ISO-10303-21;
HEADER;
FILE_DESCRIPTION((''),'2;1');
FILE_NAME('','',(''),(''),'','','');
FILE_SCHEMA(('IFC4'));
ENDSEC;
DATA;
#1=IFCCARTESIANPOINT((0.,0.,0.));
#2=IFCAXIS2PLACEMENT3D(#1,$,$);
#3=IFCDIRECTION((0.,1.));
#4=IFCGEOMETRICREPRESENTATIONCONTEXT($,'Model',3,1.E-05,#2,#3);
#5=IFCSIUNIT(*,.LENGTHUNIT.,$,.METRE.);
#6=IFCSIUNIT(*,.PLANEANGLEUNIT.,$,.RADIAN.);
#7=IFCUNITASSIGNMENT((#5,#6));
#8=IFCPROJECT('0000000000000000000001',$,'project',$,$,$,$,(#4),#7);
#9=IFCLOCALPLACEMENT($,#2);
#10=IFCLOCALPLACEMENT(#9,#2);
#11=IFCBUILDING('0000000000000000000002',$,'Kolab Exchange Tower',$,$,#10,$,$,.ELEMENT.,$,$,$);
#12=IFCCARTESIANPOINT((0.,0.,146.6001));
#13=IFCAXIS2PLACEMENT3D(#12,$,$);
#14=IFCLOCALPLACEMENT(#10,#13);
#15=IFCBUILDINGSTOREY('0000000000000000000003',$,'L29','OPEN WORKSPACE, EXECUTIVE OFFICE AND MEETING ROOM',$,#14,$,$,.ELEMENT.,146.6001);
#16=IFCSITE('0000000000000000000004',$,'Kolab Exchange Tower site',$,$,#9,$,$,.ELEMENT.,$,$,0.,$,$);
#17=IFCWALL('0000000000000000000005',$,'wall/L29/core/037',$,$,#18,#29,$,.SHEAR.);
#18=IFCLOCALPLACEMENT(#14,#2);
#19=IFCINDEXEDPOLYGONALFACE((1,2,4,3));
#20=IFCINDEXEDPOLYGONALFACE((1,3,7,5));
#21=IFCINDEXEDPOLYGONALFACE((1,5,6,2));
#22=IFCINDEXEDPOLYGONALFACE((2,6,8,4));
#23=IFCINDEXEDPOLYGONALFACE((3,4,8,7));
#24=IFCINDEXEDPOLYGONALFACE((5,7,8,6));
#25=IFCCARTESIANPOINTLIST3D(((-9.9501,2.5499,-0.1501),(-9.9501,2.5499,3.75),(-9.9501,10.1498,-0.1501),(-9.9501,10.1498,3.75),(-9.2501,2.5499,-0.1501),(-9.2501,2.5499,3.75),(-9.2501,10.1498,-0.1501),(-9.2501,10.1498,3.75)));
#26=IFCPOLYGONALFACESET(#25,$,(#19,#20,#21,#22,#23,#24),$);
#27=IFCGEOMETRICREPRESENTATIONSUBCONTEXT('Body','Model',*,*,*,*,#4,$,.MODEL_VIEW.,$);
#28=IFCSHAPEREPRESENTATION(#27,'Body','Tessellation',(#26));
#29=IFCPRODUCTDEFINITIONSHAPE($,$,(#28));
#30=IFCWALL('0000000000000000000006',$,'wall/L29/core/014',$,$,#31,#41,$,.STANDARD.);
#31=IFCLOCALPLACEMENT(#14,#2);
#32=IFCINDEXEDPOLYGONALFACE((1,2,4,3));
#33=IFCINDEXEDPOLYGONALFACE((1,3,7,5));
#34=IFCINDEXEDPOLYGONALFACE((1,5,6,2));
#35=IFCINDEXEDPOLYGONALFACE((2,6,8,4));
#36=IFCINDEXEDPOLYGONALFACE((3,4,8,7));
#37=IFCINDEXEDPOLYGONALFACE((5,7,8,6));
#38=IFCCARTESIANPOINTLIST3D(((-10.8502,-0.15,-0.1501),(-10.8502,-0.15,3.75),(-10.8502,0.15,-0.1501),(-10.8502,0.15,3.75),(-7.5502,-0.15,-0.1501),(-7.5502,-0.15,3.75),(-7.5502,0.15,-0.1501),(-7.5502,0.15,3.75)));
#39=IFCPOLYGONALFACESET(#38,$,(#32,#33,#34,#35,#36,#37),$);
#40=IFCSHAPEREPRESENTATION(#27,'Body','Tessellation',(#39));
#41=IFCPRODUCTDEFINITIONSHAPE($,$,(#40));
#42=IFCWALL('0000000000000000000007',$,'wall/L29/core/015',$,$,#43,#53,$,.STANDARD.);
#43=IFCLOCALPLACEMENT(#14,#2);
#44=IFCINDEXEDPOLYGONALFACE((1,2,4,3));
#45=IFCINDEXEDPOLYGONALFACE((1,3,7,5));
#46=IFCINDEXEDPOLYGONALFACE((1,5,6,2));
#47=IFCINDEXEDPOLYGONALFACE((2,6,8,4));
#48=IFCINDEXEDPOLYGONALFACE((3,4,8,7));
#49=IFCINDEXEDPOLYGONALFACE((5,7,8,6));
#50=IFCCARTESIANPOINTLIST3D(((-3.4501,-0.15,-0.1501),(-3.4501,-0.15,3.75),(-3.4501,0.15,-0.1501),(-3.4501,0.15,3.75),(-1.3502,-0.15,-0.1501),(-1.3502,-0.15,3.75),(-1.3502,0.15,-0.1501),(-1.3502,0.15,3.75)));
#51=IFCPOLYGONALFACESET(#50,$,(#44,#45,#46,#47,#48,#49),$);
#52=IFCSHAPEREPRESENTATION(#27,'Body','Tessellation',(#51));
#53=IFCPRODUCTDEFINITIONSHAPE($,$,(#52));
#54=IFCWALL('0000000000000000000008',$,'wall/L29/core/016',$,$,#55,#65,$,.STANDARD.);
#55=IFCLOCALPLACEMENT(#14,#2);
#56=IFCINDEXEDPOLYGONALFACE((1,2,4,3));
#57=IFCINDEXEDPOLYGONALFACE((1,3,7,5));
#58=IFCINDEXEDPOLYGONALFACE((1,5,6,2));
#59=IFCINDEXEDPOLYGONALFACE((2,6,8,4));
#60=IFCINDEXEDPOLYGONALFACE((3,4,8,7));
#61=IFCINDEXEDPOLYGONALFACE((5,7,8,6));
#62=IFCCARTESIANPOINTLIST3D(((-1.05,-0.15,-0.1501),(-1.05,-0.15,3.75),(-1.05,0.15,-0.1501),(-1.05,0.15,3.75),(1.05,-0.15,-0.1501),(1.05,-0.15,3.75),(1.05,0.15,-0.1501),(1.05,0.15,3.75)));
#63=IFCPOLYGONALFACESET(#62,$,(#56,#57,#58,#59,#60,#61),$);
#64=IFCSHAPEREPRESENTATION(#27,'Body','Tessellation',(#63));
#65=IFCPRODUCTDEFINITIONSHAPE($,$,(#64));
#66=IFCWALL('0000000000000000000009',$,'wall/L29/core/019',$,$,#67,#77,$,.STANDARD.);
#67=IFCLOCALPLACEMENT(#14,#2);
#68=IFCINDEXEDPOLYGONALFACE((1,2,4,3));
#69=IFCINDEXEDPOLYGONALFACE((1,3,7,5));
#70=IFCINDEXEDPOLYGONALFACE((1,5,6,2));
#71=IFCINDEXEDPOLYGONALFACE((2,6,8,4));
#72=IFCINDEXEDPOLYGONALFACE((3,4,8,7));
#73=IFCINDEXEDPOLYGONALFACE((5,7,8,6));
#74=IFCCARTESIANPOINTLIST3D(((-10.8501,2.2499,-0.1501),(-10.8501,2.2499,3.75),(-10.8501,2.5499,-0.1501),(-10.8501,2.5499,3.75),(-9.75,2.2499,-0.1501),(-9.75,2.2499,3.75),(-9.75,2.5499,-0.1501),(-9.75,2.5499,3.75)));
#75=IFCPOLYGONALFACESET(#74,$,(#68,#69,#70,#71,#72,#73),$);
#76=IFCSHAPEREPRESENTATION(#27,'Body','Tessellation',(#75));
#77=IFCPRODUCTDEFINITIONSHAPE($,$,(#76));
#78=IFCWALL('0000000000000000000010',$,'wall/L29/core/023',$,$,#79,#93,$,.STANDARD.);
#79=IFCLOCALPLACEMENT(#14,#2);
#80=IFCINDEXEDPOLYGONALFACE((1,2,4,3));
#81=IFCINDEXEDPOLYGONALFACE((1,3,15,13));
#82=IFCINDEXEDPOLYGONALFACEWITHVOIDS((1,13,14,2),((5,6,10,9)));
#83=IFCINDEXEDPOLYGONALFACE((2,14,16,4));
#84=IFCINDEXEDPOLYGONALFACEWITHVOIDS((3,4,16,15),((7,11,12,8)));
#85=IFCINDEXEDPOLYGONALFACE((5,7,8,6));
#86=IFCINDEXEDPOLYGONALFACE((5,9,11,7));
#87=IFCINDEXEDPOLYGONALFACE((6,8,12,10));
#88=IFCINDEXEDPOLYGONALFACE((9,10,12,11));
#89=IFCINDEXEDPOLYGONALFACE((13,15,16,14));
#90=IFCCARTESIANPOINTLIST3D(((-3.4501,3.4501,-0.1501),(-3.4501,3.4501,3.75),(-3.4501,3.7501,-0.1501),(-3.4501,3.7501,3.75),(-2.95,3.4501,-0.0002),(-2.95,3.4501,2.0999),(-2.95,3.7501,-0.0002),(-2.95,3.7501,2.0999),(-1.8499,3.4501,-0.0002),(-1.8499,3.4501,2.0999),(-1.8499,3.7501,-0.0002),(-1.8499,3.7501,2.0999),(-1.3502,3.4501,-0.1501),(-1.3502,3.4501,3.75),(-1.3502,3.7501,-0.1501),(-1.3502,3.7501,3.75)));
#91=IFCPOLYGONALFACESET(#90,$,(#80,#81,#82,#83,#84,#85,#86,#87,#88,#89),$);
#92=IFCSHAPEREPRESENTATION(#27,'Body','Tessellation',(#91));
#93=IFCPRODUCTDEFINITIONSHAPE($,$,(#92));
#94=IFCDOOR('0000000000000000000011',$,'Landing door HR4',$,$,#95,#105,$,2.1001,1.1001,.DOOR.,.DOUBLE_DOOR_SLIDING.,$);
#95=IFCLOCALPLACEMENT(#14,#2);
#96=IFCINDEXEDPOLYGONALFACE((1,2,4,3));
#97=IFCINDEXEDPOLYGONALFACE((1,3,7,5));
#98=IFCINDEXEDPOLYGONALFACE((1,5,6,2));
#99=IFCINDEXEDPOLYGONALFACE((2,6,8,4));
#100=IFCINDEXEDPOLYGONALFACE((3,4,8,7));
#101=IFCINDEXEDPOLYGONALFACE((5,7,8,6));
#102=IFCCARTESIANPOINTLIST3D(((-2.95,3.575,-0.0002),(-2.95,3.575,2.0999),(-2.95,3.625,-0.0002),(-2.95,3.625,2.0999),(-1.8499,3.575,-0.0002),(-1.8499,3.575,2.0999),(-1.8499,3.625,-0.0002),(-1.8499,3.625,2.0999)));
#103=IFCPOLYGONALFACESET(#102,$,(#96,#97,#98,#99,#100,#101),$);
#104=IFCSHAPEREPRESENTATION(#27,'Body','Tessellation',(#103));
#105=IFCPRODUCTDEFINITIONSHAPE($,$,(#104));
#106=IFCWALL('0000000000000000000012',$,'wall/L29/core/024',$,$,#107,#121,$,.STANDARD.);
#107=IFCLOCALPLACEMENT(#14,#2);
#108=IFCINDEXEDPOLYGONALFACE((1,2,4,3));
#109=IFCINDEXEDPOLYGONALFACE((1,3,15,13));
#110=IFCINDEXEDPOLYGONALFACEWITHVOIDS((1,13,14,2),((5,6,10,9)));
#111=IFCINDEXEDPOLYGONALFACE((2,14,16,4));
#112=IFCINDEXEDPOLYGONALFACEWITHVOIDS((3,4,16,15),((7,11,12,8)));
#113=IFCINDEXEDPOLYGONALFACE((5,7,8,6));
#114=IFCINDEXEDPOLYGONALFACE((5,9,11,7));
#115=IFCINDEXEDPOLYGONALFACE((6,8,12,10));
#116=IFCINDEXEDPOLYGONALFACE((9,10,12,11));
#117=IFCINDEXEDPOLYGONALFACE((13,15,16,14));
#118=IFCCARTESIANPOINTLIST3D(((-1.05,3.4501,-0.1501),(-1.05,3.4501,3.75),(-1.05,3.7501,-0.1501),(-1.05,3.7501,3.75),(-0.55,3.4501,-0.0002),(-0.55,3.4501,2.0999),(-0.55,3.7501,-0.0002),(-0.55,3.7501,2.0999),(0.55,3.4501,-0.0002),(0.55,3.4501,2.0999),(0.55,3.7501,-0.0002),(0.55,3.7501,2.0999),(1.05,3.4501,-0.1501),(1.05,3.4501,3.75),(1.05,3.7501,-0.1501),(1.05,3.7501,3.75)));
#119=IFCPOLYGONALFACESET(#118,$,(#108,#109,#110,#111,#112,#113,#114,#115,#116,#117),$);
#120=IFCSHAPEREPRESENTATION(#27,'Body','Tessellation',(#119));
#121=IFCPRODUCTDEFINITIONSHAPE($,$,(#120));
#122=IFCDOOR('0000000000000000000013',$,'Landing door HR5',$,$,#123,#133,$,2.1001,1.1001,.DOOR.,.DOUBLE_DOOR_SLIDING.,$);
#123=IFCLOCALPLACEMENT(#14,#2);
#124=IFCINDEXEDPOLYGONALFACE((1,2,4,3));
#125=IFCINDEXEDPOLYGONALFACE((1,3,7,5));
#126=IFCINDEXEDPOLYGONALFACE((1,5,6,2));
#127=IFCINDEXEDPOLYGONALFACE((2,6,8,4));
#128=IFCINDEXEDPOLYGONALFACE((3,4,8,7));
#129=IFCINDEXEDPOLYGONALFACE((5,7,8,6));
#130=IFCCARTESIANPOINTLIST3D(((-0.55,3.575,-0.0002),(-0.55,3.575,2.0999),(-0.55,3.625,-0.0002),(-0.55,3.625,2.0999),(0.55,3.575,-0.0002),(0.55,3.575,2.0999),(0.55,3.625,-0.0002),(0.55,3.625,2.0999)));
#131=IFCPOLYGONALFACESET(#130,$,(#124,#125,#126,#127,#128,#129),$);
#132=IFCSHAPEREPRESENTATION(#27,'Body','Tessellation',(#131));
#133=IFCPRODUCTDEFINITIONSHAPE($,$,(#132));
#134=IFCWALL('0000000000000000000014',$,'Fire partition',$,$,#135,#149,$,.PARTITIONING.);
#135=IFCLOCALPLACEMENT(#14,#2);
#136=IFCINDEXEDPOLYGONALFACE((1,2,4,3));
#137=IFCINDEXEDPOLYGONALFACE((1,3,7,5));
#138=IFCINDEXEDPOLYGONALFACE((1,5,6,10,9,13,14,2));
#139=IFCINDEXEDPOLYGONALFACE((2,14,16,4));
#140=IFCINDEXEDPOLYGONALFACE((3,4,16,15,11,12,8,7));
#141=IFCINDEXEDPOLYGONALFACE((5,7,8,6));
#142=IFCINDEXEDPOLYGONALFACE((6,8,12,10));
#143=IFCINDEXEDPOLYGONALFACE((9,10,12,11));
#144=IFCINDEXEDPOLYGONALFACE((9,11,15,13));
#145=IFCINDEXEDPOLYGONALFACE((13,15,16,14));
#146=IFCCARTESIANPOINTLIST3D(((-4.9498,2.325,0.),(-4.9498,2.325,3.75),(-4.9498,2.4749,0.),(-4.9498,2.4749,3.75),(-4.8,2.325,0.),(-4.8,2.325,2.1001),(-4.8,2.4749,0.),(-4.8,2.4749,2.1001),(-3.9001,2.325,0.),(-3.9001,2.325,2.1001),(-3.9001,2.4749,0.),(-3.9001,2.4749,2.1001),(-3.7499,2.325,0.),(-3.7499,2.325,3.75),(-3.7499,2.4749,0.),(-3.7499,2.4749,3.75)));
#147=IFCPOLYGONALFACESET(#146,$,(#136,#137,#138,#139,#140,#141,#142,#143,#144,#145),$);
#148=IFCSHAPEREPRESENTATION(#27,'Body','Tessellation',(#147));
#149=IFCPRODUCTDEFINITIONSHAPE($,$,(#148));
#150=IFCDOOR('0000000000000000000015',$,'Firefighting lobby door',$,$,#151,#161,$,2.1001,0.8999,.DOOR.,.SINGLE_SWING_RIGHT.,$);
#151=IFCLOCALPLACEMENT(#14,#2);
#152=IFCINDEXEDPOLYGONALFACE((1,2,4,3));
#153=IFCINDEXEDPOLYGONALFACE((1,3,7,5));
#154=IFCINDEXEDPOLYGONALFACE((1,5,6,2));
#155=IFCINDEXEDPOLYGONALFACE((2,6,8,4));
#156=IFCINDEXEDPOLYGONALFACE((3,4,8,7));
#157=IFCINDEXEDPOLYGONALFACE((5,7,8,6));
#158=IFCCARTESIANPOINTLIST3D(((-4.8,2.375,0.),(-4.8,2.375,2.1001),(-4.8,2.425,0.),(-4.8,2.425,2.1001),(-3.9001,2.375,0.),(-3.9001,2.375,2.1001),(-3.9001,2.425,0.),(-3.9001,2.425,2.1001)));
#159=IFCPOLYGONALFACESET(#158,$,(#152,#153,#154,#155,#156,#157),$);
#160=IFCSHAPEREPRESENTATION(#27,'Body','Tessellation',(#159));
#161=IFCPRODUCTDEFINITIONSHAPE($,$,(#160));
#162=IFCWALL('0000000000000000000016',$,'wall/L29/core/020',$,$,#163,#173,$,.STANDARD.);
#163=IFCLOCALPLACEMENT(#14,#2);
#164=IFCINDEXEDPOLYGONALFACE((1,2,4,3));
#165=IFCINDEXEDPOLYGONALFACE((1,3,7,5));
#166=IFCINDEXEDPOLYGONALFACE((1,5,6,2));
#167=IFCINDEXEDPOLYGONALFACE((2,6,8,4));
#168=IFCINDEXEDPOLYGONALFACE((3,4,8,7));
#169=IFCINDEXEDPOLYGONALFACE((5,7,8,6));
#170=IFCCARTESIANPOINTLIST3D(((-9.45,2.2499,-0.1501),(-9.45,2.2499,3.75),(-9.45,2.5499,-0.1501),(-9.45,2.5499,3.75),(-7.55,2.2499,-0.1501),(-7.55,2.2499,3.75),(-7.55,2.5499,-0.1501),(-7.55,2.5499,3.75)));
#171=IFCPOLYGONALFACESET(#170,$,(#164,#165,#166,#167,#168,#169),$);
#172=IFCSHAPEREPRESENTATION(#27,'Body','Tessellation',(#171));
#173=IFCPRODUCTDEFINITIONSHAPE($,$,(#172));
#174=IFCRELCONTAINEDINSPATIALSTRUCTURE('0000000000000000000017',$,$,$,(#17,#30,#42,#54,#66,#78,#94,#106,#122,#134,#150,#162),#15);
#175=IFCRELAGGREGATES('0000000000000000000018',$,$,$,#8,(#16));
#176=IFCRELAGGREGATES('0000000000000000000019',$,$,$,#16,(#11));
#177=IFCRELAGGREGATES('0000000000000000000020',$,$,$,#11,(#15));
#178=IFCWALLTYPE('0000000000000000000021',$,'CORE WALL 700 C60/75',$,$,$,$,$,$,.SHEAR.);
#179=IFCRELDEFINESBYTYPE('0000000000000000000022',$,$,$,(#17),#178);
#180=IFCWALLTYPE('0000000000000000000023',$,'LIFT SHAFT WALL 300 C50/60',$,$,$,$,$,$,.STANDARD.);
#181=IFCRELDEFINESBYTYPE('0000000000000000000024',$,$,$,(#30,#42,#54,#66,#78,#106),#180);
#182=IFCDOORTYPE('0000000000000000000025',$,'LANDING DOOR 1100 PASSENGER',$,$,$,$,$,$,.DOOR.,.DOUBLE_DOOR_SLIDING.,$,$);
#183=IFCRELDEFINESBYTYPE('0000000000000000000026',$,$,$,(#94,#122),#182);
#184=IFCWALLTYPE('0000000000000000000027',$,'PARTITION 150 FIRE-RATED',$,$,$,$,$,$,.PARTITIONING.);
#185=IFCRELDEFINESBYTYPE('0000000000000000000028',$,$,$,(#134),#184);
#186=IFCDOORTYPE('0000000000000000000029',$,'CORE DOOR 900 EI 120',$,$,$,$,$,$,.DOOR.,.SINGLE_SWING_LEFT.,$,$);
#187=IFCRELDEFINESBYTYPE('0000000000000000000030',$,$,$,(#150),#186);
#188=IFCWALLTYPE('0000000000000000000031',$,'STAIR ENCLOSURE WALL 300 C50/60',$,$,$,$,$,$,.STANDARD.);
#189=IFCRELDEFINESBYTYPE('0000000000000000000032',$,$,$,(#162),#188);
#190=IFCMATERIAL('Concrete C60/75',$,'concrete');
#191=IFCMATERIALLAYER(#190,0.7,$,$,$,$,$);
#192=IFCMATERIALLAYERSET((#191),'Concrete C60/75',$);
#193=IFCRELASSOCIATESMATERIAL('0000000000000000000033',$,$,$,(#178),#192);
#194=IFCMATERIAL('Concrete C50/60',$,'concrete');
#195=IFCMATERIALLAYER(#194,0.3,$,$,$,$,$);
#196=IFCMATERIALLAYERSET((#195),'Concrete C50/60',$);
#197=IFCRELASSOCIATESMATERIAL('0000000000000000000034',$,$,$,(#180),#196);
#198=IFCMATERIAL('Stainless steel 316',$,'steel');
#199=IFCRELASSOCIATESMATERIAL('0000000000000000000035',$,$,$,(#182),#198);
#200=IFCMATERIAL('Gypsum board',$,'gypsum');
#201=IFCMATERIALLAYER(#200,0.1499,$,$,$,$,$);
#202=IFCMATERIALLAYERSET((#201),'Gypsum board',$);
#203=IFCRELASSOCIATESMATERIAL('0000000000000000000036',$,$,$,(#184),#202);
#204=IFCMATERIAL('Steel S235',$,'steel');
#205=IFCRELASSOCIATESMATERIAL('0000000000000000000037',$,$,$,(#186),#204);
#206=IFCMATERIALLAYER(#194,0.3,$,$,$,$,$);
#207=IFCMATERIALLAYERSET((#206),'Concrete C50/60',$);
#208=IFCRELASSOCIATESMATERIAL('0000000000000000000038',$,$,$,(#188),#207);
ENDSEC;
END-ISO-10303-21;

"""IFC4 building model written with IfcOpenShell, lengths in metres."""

from ifc_helpers import new_model, si_unit, direction, frame, frame_2d, origin, place, context, subcontext, project, spatial, rectangle, extrude, material, layer, layer_set, type_object, element, fill, save


model = new_model("IFC4")

# Units and contexts
model_context = context("Model", 3, precision=1e-05, world=origin(), true_north=direction((0.0, 1.0)))
body_context = subcontext(model_context, "Body", "Model", "MODEL_VIEW")
ifc_project = project(units=[si_unit("LENGTHUNIT", "METRE"), si_unit("PLANEANGLEUNIT", "RADIAN")], contexts=[model_context])

# Site, building, storey
site_placement = place(None, origin())
site = spatial("IfcSite", under=ifc_project, at=site_placement, Name="Kolab Exchange Tower site", CompositionType="ELEMENT", RefElevation=0.0)
building_placement = place(site_placement, origin())
building = spatial("IfcBuilding", under=site, at=building_placement, Name="Kolab Exchange Tower", CompositionType="ELEMENT")
storey_placement = place(building_placement, frame((0.0, 0.0, 146.6001)))
storey = spatial("IfcBuildingStorey", under=building, at=storey_placement, Name="L29", Description="OPEN WORKSPACE, EXECUTIVE OFFICE AND MEETING ROOM", CompositionType="ELEMENT", Elevation=146.6001)

# Walls
ifc_material_1 = material(Name="Concrete C60/75", Category="concrete")
ifc_layer_1 = layer(ifc_material_1, 0.7)
ifc_layer_set_1 = layer_set([ifc_layer_1], Name="Concrete C60/75")
wall_type_1 = type_object("IfcWallType", Name="CORE WALL 700 C60/75", PredefinedType="SHEAR", material=ifc_layer_set_1)
wall_1_placement = place(storey_placement, frame((-9.6001, 2.55, -0.1501), z_axis=(0.0, 0.0, 1.0), x_axis=(0.0, 1.0, 0.0)))
element("IfcWall", 1, at=wall_1_placement, inside=storey, type_object=wall_type_1, Name="wall/L29/core/037", PredefinedType="SHEAR", context=body_context, shape_type="SweptSolid", body=[
    extrude(rectangle(XDim=7.5999, YDim=0.7, at=frame_2d((3.7998, 0.0))), origin(), (0.0, 0.0, 1.0), 3.9001),
])
ifc_material_2 = material(Name="Concrete C50/60", Category="concrete")
ifc_layer_2 = layer(ifc_material_2, 0.3)
ifc_layer_set_2 = layer_set([ifc_layer_2], Name="Concrete C50/60")
wall_type_2 = type_object("IfcWallType", Name="LIFT SHAFT WALL 300 C50/60", PredefinedType="STANDARD", material=ifc_layer_set_2)
wall_2_placement = place(storey_placement, frame((-10.8501, 0.0, -0.1501), z_axis=(0.0, 0.0, 1.0), x_axis=(1.0, 0.0, 0.0)))
element("IfcWall", 2, at=wall_2_placement, inside=storey, type_object=wall_type_2, Name="wall/L29/core/014", PredefinedType="STANDARD", context=body_context, shape_type="SweptSolid", body=[
    extrude(rectangle(XDim=3.3, YDim=0.3, at=frame_2d((1.6499, 0.0))), origin(), (0.0, 0.0, 1.0), 3.9001),
])
wall_3_placement = place(storey_placement, frame((-3.45, 0.0, -0.1501), z_axis=(0.0, 0.0, 1.0), x_axis=(1.0, 0.0, 0.0)))
element("IfcWall", 3, at=wall_3_placement, inside=storey, type_object=wall_type_2, Name="wall/L29/core/015", PredefinedType="STANDARD", context=body_context, shape_type="SweptSolid", body=[
    extrude(rectangle(XDim=2.0999, YDim=0.3, at=frame_2d((1.0498, 0.0))), origin(), (0.0, 0.0, 1.0), 3.9001),
])
wall_4_placement = place(storey_placement, frame((-1.05, 0.0, -0.1501), z_axis=(0.0, 0.0, 1.0), x_axis=(1.0, 0.0, 0.0)))
element("IfcWall", 4, at=wall_4_placement, inside=storey, type_object=wall_type_2, Name="wall/L29/core/016", PredefinedType="STANDARD", context=body_context, shape_type="SweptSolid", body=[
    extrude(rectangle(XDim=2.1001, YDim=0.3, at=frame_2d((1.05, 0.0))), origin(), (0.0, 0.0, 1.0), 3.9001),
])
wall_5_placement = place(storey_placement, frame((-10.8501, 2.3999, -0.1501), z_axis=(0.0, 0.0, 1.0), x_axis=(1.0, 0.0, 0.0)))
element("IfcWall", 5, at=wall_5_placement, inside=storey, type_object=wall_type_2, Name="wall/L29/core/019", PredefinedType="STANDARD", context=body_context, shape_type="SweptSolid", body=[
    extrude(rectangle(XDim=1.1001, YDim=0.3, at=frame_2d((0.55, 0.0))), origin(), (0.0, 0.0, 1.0), 3.9001),
])

# Walls, openings, doors
wall_6_placement = place(storey_placement, frame((-3.45, 3.6001, -0.1501), z_axis=(0.0, 0.0, 1.0), x_axis=(1.0, 0.0, 0.0)))
wall_6 = element("IfcWall", 6, at=wall_6_placement, inside=storey, type_object=wall_type_2, Name="wall/L29/core/023", PredefinedType="STANDARD", context=body_context, shape_type="SweptSolid", body=[
    extrude(rectangle(XDim=2.0999, YDim=0.3, at=frame_2d((1.0498, 0.0))), origin(), (0.0, 0.0, 1.0), 3.9001),
])
opening_1_placement = place(wall_6_placement, frame((0.5, 0.0, 0.1499)))
opening_1 = element("IfcOpeningElement", 7, at=opening_1_placement, cuts=wall_6, PredefinedType="OPENING", context=body_context, shape_type="SweptSolid", body=[
    extrude(rectangle(XDim=1.1001, YDim=2.1001, at=frame_2d((0.55, 1.05))), frame((0.0, 0.1602, 0.0), z_axis=(0.0, -1.0, 0.0), x_axis=(1.0, 0.0, 0.0)), (0.0, 0.0, 1.0), 0.3201),
])
ifc_material_3 = material(Name="Stainless steel 316", Category="steel")
door_type_1 = type_object("IfcDoorType", Name="LANDING DOOR 1100 PASSENGER", OperationType="DOUBLE_DOOR_SLIDING", PredefinedType="DOOR", material=ifc_material_3)
door_1_placement = place(opening_1_placement, origin())
door_1 = element("IfcDoor", 8, at=door_1_placement, inside=storey, type_object=door_type_1, Name="Landing door HR4", OperationType="DOUBLE_DOOR_SLIDING", OverallHeight=2.1001, OverallWidth=1.1001, PredefinedType="DOOR", context=body_context, shape_type="SweptSolid", body=[
    extrude(rectangle(XDim=1.1001, YDim=2.1001, at=frame_2d((0.55, 1.05))), frame((0.0, 0.0249, 0.0), z_axis=(0.0, -1.0, 0.0), x_axis=(1.0, 0.0, 0.0)), (0.0, 0.0, 1.0), 0.05),
])
fill(opening_1, door_1)
wall_7_placement = place(storey_placement, frame((-1.05, 3.6001, -0.1501), z_axis=(0.0, 0.0, 1.0), x_axis=(1.0, 0.0, 0.0)))
wall_7 = element("IfcWall", 9, at=wall_7_placement, inside=storey, type_object=wall_type_2, Name="wall/L29/core/024", PredefinedType="STANDARD", context=body_context, shape_type="SweptSolid", body=[
    extrude(rectangle(XDim=2.1001, YDim=0.3, at=frame_2d((1.05, 0.0))), origin(), (0.0, 0.0, 1.0), 3.9001),
])
opening_2_placement = place(wall_7_placement, frame((0.5, 0.0, 0.1499)))
opening_2 = element("IfcOpeningElement", 10, at=opening_2_placement, cuts=wall_7, PredefinedType="OPENING", context=body_context, shape_type="SweptSolid", body=[
    extrude(rectangle(XDim=1.1001, YDim=2.1001, at=frame_2d((0.55, 1.05))), frame((0.0, 0.1602, 0.0), z_axis=(0.0, -1.0, 0.0), x_axis=(1.0, 0.0, 0.0)), (0.0, 0.0, 1.0), 0.3201),
])
door_2_placement = place(opening_2_placement, origin())
door_2 = element("IfcDoor", 11, at=door_2_placement, inside=storey, type_object=door_type_1, Name="Landing door HR5", OperationType="DOUBLE_DOOR_SLIDING", OverallHeight=2.1001, OverallWidth=1.1001, PredefinedType="DOOR", context=body_context, shape_type="SweptSolid", body=[
    extrude(rectangle(XDim=1.1001, YDim=2.1001, at=frame_2d((0.55, 1.05))), frame((0.0, 0.0249, 0.0), z_axis=(0.0, -1.0, 0.0), x_axis=(1.0, 0.0, 0.0)), (0.0, 0.0, 1.0), 0.05),
])
fill(opening_2, door_2)
ifc_material_4 = material(Name="Gypsum board", Category="gypsum")
ifc_layer_3 = layer(ifc_material_4, 0.1499)
ifc_layer_set_3 = layer_set([ifc_layer_3], Name="Gypsum board")
wall_type_3 = type_object("IfcWallType", Name="PARTITION 150 FIRE-RATED", PredefinedType="PARTITIONING", material=ifc_layer_set_3)
wall_8_placement = place(storey_placement, frame((-4.95, 2.3999, 0.0), z_axis=(0.0, 0.0, 1.0), x_axis=(1.0, 0.0, 0.0)))
wall_8 = element("IfcWall", 12, at=wall_8_placement, inside=storey, type_object=wall_type_3, Name="Fire partition", PredefinedType="PARTITIONING", context=body_context, shape_type="SweptSolid", body=[
    extrude(rectangle(XDim=1.2, YDim=0.1499, at=frame_2d((0.6001, 0.0))), origin(), (0.0, 0.0, 1.0), 3.75),
])
opening_3_placement = place(wall_8_placement, frame((0.1499, 0.0, 0.0)))
opening_3 = element("IfcOpeningElement", 13, at=opening_3_placement, cuts=wall_8, PredefinedType="OPENING", context=body_context, shape_type="SweptSolid", body=[
    extrude(rectangle(XDim=0.8999, YDim=2.1001, at=frame_2d((0.45, 1.05))), frame((0.0, 0.085, 0.0), z_axis=(0.0, -1.0, 0.0), x_axis=(1.0, 0.0, 0.0)), (0.0, 0.0, 1.0), 0.1699),
])
ifc_material_5 = material(Name="Steel S235", Category="steel")
door_type_2 = type_object("IfcDoorType", Name="CORE DOOR 900 EI 120", OperationType="SINGLE_SWING_LEFT", PredefinedType="DOOR", material=ifc_material_5)
door_3_placement = place(opening_3_placement, frame((0.8999, 0.0, 0.0), z_axis=(0.0, 0.0, 1.0), x_axis=(-1.0, 0.0, 0.0)))
door_3 = element("IfcDoor", 14, at=door_3_placement, inside=storey, type_object=door_type_2, Name="Firefighting lobby door", OperationType="SINGLE_SWING_RIGHT", OverallHeight=2.1001, OverallWidth=0.8999, PredefinedType="DOOR", context=body_context, shape_type="SweptSolid", body=[
    extrude(rectangle(XDim=0.8999, YDim=2.1001, at=frame_2d((0.45, 1.05))), frame((0.0, 0.0249, 0.0), z_axis=(0.0, -1.0, 0.0), x_axis=(1.0, 0.0, 0.0)), (0.0, 0.0, 1.0), 0.05),
])
fill(opening_3, door_3)

# Wall
ifc_layer_4 = layer(ifc_material_2, 0.3)
ifc_layer_set_4 = layer_set([ifc_layer_4], Name="Concrete C50/60")
wall_type_4 = type_object("IfcWallType", Name="STAIR ENCLOSURE WALL 300 C50/60", PredefinedType="STANDARD", material=ifc_layer_set_4)
wall_9_placement = place(storey_placement, frame((-9.45, 2.3999, -0.1501), z_axis=(0.0, 0.0, 1.0), x_axis=(1.0, 0.0, 0.0)))
element("IfcWall", 15, at=wall_9_placement, inside=storey, type_object=wall_type_4, Name="wall/L29/core/020", PredefinedType="STANDARD", context=body_context, shape_type="SweptSolid", body=[
    extrude(rectangle(XDim=1.8999, YDim=0.3, at=frame_2d((0.95, 0.0))), origin(), (0.0, 0.0, 1.0), 3.9001),
])

save(model, "model.ifc")
